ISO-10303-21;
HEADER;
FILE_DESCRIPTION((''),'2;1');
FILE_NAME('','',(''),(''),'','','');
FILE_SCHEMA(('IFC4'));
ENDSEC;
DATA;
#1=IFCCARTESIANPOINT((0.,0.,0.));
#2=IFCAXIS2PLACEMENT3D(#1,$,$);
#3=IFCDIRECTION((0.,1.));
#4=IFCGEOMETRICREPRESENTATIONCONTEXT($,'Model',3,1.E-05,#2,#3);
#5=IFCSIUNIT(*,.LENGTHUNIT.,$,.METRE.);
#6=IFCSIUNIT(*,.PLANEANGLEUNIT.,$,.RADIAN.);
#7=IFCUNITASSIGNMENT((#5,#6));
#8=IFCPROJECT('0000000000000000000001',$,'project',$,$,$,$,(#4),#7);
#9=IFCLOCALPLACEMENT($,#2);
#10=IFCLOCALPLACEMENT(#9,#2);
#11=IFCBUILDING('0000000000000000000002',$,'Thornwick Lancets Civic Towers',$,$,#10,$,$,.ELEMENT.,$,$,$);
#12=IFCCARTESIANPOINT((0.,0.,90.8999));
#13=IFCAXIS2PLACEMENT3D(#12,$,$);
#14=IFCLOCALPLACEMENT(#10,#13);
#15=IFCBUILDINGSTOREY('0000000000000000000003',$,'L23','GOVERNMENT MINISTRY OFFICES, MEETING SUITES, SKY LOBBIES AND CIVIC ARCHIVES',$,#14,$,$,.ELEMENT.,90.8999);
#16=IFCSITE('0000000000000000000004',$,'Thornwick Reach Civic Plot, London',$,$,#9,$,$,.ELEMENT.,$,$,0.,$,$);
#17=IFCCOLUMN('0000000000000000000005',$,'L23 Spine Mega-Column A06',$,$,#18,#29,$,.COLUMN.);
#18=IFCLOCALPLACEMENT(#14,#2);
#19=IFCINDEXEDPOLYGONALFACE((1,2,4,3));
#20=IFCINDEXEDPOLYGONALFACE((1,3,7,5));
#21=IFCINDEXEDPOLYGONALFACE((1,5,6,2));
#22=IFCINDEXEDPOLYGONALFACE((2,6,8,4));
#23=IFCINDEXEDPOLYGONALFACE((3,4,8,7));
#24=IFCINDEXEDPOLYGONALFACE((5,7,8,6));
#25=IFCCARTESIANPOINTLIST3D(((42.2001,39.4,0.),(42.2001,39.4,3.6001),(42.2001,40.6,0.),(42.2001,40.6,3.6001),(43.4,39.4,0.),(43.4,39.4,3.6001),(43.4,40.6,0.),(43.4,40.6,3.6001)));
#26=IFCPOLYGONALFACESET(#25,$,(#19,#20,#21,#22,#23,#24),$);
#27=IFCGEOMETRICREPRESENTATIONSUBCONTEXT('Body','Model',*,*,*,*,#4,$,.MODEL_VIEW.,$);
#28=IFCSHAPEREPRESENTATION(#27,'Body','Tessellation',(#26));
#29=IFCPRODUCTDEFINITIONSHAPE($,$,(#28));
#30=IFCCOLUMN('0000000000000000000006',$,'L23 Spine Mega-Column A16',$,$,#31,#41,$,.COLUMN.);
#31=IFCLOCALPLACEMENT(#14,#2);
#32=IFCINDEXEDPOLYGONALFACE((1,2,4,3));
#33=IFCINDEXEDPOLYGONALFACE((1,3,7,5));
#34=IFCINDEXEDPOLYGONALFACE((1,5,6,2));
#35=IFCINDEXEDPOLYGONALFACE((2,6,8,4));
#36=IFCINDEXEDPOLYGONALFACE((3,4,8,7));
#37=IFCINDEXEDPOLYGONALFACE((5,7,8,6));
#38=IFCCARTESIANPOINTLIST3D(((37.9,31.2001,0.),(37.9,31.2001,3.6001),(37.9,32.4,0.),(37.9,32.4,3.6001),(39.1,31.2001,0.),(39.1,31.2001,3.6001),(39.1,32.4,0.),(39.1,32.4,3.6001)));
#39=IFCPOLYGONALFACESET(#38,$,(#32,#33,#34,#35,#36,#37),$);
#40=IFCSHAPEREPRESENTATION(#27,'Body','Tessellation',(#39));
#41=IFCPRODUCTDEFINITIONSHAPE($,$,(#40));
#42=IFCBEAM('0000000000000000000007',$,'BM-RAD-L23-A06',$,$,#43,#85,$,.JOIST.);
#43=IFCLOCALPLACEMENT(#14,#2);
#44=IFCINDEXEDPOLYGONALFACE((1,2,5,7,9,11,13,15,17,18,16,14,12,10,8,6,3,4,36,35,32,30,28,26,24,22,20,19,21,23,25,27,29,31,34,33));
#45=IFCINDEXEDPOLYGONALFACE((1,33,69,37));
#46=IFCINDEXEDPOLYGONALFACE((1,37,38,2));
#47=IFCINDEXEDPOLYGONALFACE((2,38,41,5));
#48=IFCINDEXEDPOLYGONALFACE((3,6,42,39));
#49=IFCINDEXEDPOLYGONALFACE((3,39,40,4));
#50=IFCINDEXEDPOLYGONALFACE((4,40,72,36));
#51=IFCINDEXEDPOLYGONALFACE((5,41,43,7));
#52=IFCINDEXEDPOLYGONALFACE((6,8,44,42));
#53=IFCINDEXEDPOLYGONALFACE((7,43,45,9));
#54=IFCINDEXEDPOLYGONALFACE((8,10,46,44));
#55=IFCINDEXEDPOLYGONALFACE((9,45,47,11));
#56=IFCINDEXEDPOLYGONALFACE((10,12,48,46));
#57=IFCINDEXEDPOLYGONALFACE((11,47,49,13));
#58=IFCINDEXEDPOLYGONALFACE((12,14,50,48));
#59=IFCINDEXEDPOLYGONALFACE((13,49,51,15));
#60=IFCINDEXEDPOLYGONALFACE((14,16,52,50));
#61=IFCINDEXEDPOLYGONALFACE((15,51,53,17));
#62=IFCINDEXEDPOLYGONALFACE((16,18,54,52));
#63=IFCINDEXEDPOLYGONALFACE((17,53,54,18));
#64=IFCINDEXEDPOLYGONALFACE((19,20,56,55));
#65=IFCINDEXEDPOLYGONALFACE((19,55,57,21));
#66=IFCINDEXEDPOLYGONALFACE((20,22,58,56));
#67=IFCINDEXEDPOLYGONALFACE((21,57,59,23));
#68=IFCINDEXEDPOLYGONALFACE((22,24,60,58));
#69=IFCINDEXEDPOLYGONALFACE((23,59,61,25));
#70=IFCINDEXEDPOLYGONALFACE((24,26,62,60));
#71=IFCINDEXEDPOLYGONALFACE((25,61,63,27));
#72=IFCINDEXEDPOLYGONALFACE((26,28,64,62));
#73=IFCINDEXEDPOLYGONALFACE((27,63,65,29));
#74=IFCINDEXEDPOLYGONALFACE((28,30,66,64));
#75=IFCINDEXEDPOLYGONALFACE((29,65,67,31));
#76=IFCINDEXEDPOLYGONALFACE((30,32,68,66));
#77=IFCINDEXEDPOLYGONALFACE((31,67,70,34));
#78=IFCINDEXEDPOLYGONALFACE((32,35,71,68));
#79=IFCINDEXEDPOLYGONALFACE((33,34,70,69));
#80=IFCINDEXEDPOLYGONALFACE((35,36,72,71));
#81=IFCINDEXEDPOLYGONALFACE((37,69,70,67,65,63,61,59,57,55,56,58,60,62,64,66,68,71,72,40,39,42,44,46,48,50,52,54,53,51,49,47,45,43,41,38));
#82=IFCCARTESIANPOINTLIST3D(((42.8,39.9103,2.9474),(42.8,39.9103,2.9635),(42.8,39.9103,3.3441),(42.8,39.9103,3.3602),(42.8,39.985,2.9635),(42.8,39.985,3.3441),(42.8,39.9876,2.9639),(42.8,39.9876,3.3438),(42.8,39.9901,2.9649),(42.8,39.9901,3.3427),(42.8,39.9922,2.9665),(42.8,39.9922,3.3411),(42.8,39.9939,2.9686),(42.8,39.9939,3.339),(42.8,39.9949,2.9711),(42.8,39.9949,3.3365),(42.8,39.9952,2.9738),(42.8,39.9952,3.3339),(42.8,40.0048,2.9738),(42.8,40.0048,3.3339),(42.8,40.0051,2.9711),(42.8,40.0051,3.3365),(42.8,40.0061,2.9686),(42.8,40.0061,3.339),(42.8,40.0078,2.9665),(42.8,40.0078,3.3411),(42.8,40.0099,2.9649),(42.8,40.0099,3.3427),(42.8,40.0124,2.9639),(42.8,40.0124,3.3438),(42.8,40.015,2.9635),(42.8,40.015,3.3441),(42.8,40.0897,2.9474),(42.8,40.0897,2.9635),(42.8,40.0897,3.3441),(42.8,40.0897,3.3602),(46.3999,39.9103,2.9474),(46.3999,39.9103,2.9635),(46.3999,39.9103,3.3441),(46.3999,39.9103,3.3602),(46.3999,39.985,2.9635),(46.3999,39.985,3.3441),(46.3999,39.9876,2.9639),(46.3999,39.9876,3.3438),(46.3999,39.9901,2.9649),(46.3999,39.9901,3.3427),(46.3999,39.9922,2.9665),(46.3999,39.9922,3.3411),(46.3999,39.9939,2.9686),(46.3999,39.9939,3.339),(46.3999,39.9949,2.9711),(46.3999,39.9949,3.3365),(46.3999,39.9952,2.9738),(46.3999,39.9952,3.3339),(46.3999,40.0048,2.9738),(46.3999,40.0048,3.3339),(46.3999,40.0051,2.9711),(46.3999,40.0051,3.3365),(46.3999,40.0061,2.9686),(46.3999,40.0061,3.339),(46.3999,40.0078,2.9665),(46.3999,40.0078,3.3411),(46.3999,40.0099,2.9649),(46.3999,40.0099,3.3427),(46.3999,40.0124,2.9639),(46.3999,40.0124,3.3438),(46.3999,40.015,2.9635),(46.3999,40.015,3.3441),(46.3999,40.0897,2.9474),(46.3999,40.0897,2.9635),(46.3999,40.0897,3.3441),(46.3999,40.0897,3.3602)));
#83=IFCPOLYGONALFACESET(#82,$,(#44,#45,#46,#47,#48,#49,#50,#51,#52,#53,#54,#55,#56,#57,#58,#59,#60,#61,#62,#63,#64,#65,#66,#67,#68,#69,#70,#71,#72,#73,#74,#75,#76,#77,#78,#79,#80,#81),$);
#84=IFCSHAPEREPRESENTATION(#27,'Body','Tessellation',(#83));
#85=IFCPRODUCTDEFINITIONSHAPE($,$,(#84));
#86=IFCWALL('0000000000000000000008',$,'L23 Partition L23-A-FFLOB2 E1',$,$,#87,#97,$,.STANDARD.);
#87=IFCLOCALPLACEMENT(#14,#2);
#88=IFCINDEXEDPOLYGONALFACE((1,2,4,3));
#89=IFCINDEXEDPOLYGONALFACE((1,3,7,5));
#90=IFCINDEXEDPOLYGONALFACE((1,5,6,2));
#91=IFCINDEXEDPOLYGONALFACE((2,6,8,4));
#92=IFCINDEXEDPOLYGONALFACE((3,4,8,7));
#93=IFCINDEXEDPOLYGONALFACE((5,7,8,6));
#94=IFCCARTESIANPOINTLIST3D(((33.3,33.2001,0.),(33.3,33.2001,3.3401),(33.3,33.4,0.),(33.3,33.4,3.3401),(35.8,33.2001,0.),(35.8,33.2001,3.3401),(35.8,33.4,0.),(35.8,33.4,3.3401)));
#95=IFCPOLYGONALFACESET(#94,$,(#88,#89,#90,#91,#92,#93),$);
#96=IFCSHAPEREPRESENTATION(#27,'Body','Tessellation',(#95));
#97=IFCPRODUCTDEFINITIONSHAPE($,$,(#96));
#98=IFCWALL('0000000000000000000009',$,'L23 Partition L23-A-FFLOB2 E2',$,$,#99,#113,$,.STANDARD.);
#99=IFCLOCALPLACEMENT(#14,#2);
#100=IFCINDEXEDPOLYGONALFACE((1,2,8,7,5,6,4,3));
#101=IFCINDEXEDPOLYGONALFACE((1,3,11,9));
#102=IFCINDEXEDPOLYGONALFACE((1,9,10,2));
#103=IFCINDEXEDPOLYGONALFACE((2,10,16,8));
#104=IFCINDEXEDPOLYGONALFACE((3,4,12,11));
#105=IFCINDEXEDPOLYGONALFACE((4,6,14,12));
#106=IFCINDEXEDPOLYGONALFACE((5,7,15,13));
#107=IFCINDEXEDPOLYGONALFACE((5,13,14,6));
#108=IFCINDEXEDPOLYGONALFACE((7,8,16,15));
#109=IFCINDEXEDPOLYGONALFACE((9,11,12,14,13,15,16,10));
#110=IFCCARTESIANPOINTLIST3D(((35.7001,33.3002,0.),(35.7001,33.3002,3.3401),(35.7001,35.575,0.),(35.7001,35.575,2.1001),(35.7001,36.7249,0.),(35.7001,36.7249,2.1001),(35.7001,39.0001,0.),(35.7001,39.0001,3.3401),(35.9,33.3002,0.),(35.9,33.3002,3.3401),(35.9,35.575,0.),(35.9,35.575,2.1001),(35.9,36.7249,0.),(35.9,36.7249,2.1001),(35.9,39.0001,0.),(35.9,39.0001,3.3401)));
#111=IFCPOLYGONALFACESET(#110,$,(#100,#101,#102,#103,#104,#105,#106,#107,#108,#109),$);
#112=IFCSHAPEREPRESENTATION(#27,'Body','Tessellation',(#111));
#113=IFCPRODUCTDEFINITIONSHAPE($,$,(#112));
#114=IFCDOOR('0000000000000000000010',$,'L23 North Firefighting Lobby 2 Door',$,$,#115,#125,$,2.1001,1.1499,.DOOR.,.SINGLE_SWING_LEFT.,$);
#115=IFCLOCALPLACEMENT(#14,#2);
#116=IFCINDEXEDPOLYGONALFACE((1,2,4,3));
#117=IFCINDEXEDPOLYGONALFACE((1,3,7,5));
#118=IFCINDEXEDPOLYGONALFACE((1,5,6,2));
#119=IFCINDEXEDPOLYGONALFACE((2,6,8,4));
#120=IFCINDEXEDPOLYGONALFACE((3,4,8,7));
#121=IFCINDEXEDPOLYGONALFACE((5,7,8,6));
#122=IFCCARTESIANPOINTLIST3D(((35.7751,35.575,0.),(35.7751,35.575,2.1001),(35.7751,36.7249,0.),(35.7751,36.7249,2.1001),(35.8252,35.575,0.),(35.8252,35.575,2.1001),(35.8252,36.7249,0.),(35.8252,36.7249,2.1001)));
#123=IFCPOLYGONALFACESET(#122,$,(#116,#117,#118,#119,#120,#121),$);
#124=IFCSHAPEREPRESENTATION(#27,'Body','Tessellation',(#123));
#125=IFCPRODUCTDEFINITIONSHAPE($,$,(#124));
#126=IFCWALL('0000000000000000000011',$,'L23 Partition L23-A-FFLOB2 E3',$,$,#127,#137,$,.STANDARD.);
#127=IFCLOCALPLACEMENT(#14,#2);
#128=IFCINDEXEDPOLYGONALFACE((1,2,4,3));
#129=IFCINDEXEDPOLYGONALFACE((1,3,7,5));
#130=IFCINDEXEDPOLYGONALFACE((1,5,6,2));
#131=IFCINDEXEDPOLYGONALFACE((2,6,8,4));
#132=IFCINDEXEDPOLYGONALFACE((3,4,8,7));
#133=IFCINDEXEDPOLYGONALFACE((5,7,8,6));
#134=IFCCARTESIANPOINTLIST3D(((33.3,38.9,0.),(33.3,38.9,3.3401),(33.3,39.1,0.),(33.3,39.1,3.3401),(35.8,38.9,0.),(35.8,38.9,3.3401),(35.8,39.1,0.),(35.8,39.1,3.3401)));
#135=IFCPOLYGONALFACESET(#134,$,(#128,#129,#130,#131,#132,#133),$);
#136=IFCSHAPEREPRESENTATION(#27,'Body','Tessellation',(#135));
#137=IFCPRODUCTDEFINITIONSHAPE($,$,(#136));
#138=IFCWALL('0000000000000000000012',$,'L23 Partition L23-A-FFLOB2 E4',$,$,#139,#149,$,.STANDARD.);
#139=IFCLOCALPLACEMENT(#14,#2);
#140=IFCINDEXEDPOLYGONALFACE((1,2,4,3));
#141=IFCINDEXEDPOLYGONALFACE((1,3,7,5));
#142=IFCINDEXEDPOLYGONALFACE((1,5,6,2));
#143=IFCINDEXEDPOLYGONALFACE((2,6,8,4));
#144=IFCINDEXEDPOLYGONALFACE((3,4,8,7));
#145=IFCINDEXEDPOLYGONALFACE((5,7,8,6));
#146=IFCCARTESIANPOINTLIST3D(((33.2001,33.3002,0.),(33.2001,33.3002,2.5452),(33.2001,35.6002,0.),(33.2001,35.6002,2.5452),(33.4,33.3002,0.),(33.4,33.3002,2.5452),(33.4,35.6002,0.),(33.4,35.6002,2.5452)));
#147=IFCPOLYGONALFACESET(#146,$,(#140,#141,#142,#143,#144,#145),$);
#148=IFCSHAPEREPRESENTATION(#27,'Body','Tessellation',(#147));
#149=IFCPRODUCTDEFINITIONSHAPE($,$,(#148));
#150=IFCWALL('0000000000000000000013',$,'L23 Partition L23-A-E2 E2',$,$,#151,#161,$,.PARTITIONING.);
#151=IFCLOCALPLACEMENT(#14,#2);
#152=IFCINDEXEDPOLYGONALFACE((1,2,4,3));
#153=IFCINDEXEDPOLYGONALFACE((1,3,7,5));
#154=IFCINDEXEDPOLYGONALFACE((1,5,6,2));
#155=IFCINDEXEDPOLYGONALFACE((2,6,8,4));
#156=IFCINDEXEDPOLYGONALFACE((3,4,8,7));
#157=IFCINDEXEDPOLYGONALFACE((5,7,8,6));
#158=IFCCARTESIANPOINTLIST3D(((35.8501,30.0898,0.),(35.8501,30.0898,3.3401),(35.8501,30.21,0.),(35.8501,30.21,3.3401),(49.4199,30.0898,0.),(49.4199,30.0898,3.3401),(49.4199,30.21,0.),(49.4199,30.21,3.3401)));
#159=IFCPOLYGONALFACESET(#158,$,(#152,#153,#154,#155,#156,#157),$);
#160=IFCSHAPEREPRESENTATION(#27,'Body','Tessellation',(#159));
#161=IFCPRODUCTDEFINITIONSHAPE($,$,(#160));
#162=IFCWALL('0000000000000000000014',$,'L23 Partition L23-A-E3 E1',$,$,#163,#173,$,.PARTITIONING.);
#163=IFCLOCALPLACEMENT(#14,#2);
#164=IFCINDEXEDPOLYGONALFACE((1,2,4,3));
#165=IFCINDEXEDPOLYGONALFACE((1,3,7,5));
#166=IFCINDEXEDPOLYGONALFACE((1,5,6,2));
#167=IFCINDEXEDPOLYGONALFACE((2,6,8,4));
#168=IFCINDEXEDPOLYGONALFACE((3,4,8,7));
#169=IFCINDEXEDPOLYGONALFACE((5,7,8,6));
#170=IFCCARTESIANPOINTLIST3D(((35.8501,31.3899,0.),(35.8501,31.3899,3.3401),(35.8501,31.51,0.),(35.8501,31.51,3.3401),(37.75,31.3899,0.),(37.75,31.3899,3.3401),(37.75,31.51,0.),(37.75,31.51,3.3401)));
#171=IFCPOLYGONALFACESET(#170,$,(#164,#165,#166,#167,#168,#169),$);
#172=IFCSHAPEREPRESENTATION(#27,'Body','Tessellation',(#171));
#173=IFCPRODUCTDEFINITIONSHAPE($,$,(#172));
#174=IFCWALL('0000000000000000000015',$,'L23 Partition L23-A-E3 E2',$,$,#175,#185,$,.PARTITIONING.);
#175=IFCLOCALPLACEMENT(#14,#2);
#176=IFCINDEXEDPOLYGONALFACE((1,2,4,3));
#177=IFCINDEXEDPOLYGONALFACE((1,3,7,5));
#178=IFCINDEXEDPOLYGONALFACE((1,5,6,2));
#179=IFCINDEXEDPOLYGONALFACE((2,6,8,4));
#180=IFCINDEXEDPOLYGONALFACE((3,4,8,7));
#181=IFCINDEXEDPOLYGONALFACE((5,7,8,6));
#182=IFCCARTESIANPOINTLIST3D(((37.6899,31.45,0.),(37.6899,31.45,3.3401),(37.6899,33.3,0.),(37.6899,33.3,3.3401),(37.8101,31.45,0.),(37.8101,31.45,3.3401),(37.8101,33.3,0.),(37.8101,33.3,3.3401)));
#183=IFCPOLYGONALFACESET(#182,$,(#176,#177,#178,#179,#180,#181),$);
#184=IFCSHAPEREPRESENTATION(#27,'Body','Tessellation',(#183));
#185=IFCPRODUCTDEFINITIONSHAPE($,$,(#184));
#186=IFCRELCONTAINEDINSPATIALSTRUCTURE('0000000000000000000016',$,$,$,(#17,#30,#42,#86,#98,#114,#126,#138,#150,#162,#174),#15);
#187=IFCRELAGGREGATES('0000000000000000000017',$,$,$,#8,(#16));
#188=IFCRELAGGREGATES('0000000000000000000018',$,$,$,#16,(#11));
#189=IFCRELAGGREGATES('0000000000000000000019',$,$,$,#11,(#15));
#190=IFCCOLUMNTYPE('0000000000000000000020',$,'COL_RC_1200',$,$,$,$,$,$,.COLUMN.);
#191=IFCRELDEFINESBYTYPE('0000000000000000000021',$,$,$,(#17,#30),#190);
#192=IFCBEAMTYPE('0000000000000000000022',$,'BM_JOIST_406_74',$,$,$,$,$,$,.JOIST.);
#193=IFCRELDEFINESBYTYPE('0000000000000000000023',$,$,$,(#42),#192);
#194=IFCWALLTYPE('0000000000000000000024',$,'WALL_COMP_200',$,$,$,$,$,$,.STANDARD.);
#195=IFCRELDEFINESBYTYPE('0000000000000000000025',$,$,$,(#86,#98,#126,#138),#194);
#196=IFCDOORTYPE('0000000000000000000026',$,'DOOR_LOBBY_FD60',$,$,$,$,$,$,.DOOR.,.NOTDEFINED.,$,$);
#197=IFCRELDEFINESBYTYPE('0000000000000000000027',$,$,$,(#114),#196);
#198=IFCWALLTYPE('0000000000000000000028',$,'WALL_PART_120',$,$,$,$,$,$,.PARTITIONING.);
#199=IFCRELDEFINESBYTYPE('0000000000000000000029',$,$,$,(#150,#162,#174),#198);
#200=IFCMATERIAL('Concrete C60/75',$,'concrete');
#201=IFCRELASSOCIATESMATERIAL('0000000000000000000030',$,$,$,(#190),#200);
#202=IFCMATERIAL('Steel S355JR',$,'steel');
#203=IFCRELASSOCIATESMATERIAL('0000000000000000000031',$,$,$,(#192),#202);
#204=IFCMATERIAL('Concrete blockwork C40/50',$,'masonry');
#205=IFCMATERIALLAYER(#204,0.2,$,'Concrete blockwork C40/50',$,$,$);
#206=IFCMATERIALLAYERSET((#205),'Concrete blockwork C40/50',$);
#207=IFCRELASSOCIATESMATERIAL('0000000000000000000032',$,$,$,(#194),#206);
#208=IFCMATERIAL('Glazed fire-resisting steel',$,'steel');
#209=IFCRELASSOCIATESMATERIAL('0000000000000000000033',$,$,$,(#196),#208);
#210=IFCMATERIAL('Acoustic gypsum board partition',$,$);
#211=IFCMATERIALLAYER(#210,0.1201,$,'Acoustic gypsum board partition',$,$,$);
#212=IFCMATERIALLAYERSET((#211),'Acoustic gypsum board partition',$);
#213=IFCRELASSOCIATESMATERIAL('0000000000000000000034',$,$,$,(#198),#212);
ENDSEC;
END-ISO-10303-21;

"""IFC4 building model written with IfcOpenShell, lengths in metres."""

from ifc_helpers import new_model, si_unit, direction, frame, frame_2d, origin, origin_2d, place, context, subcontext, project, spatial, rectangle, i_section, extrude, material, layer, layer_set, material_profile, profile_set, type_object, element, fill, save


model = new_model("IFC4")

# Units and contexts
model_context = context("Model", 3, precision=1e-05, world=origin(), true_north=direction((0.0, 1.0)))
body_context = subcontext(model_context, "Body", "Model", "MODEL_VIEW")
ifc_project = project(units=[si_unit("LENGTHUNIT", "METRE"), si_unit("PLANEANGLEUNIT", "RADIAN")], contexts=[model_context])

# Site, building, storey
site_placement = place(None, origin())
site = spatial("IfcSite", under=ifc_project, at=site_placement, Name="Thornwick Reach Civic Plot, London", CompositionType="ELEMENT", RefElevation=0.0)
building_placement = place(site_placement, origin())
building = spatial("IfcBuilding", under=site, at=building_placement, Name="Thornwick Lancets Civic Towers", CompositionType="ELEMENT")
storey_placement = place(building_placement, frame((0.0, 0.0, 90.8999)))
storey = spatial("IfcBuildingStorey", under=building, at=storey_placement, Name="L23", Description="GOVERNMENT MINISTRY OFFICES, MEETING SUITES, SKY LOBBIES AND CIVIC ARCHIVES", CompositionType="ELEMENT", Elevation=90.8999)

# Columns
ifc_material_1 = material(Name="Concrete C60/75", Category="concrete")
ifc_material_profile_1 = material_profile(ifc_material_1, rectangle(XDim=1.2, YDim=1.2, at=origin_2d()), Name="RC 1200x1200")
ifc_profile_set_1 = profile_set([ifc_material_profile_1], Name="Concrete C60/75")
column_type = type_object("IfcColumnType", Name="COL_RC_1200", PredefinedType="COLUMN", material=ifc_profile_set_1)
for number, where, z_axis, x_axis, name in (
    (1, (42.8, 40.0, 0.0), (0.0, 0.0, 1.0), (1.0, 0.0, 0.0), "L23 Spine Mega-Column A06"),
    (2, (38.5, 31.8, 0.0), (0.0, 0.0, 1.0), (1.0, 0.0, 0.0), "L23 Spine Mega-Column A16"),
):
    element("IfcColumn", number, at=place(storey_placement, frame(where, z_axis=z_axis, x_axis=x_axis)), inside=storey, type_object=column_type, Name=name, PredefinedType="COLUMN", context=body_context, shape_type="SweptSolid", body=[
        extrude(rectangle(XDim=1.2, YDim=1.2, at=origin_2d()), origin(), (0.0, 0.0, 1.0), 3.6001),
    ])

# Beam
ifc_material_2 = material(Name="Steel S355JR", Category="steel")
ifc_material_profile_2 = material_profile(ifc_material_2, i_section(OverallWidth=0.1794, OverallDepth=0.4128, WebThickness=0.0095, FlangeThickness=0.0161, FilletRadius=0.0103, at=origin_2d()), Name="UKB 406x178x74")
ifc_profile_set_2 = profile_set([ifc_material_profile_2], Name="Steel S355JR")
beam_type = type_object("IfcBeamType", Name="BM_JOIST_406_74", PredefinedType="JOIST", material=ifc_profile_set_2)
beam_placement = place(storey_placement, frame((42.8, 40.0, 3.1538), z_axis=(1.0, 0.0, 0.0), x_axis=(0.0, 1.0, 0.0)))
element("IfcBeam", 3, at=beam_placement, inside=storey, type_object=beam_type, Name="BM-RAD-L23-A06", PredefinedType="JOIST", context=body_context, shape_type="SweptSolid", body=[
    extrude(i_section(OverallWidth=0.1794, OverallDepth=0.4128, WebThickness=0.0095, FlangeThickness=0.0161, FilletRadius=0.0103, at=origin_2d()), origin(), (0.0, 0.0, 1.0), 3.5999),
])

# Wall
ifc_material_3 = material(Name="Concrete blockwork C40/50", Category="masonry")
ifc_layer_1 = layer(ifc_material_3, 0.2, Name="Concrete blockwork C40/50")
ifc_layer_set_1 = layer_set([ifc_layer_1], Name="Concrete blockwork C40/50")
wall_type_1 = type_object("IfcWallType", Name="WALL_COMP_200", PredefinedType="STANDARD", material=ifc_layer_set_1)
wall_1_placement = place(storey_placement, frame((33.3, 33.3, 0.0), z_axis=(0.0, 0.0, 1.0), x_axis=(1.0, 0.0, 0.0)))
element("IfcWall", 4, at=wall_1_placement, inside=storey, type_object=wall_type_1, Name="L23 Partition L23-A-FFLOB2 E1", PredefinedType="STANDARD", context=body_context, shape_type="SweptSolid", body=[
    extrude(rectangle(XDim=2.5, YDim=0.2, at=frame_2d((1.25, 0.0))), origin(), (0.0, 0.0, 1.0), 3.3401),
])

# Wall, opening, door
wall_2_placement = place(storey_placement, frame((35.8, 33.3, 0.0), z_axis=(0.0, 0.0, 1.0), x_axis=(0.0, 1.0, 0.0)))
wall_2 = element("IfcWall", 5, at=wall_2_placement, inside=storey, type_object=wall_type_1, Name="L23 Partition L23-A-FFLOB2 E2", PredefinedType="STANDARD", context=body_context, shape_type="SweptSolid", body=[
    extrude(rectangle(XDim=5.7, YDim=0.2, at=frame_2d((2.8501, 0.0))), origin(), (0.0, 0.0, 1.0), 3.3401),
])
opening_1_placement = place(wall_2_placement, frame((2.2749, 0.0, 0.0)))
opening_1 = element("IfcOpeningElement", 6, at=opening_1_placement, cuts=wall_2, PredefinedType="OPENING", context=body_context, shape_type="SweptSolid", body=[
    extrude(rectangle(XDim=1.1499, YDim=2.1001, at=frame_2d((0.575, 1.05))), frame((0.0, 0.1099, 0.0), z_axis=(0.0, -1.0, 0.0), x_axis=(1.0, 0.0, 0.0)), (0.0, 0.0, 1.0), 0.22),
])
ifc_material_4 = material(Name="Glazed fire-resisting steel", Category="steel")
door_type_1 = type_object("IfcDoorType", Name="DOOR_LOBBY_FD60", OperationType="NOTDEFINED", PredefinedType="DOOR", material=ifc_material_4)
door_1_placement = place(opening_1_placement, origin())
door_1 = element("IfcDoor", 7, at=door_1_placement, inside=storey, type_object=door_type_1, Name="L23 North Firefighting Lobby 2 Door", OperationType="SINGLE_SWING_LEFT", OverallHeight=2.1001, OverallWidth=1.1499, PredefinedType="DOOR", context=body_context, shape_type="SweptSolid", body=[
    extrude(rectangle(XDim=1.1499, YDim=2.1001, at=frame_2d((0.575, 1.05))), frame((0.0, 0.0249, 0.0), z_axis=(0.0, -1.0, 0.0), x_axis=(1.0, 0.0, 0.0)), (0.0, 0.0, 1.0), 0.05),
])
fill(opening_1, door_1)

# Walls
wall_3_placement = place(storey_placement, frame((35.8, 39.0, 0.0), z_axis=(0.0, 0.0, 1.0), x_axis=(-1.0, 0.0, 0.0)))
element("IfcWall", 8, at=wall_3_placement, inside=storey, type_object=wall_type_1, Name="L23 Partition L23-A-FFLOB2 E3", PredefinedType="STANDARD", context=body_context, shape_type="SweptSolid", body=[
    extrude(rectangle(XDim=2.5, YDim=0.2, at=frame_2d((1.25, 0.0))), origin(), (0.0, 0.0, 1.0), 3.3401),
])
wall_4_placement = place(storey_placement, frame((33.3, 35.6001, 0.0), z_axis=(0.0, 0.0, 1.0), x_axis=(0.0, -1.0, 0.0)))
element("IfcWall", 9, at=wall_4_placement, inside=storey, type_object=wall_type_1, Name="L23 Partition L23-A-FFLOB2 E4", PredefinedType="STANDARD", context=body_context, shape_type="SweptSolid", body=[
    extrude(rectangle(XDim=2.3, YDim=0.2, at=frame_2d((1.1499, 0.0))), origin(), (0.0, 0.0, 1.0), 2.5452),
])
ifc_material_5 = material(Name="Acoustic gypsum board partition")
ifc_layer_2 = layer(ifc_material_5, 0.1201, Name="Acoustic gypsum board partition")
ifc_layer_set_2 = layer_set([ifc_layer_2], Name="Acoustic gypsum board partition")
wall_type_2 = type_object("IfcWallType", Name="WALL_PART_120", PredefinedType="PARTITIONING", material=ifc_layer_set_2)
wall_5_placement = place(storey_placement, frame((35.8501, 30.1499, 0.0), z_axis=(0.0, 0.0, 1.0), x_axis=(1.0, 0.0, 0.0)))
element("IfcWall", 10, at=wall_5_placement, inside=storey, type_object=wall_type_2, Name="L23 Partition L23-A-E2 E2", PredefinedType="PARTITIONING", context=body_context, shape_type="SweptSolid", body=[
    extrude(rectangle(XDim=13.5698, YDim=0.1201, at=frame_2d((6.7849, 0.0))), origin(), (0.0, 0.0, 1.0), 3.3401),
])
wall_6_placement = place(storey_placement, frame((35.8501, 31.45, 0.0), z_axis=(0.0, 0.0, 1.0), x_axis=(1.0, 0.0, 0.0)))
element("IfcWall", 11, at=wall_6_placement, inside=storey, type_object=wall_type_2, Name="L23 Partition L23-A-E3 E1", PredefinedType="PARTITIONING", context=body_context, shape_type="SweptSolid", body=[
    extrude(rectangle(XDim=1.8999, YDim=0.1201, at=frame_2d((0.95, 0.0))), origin(), (0.0, 0.0, 1.0), 3.3401),
])
wall_7_placement = place(storey_placement, frame((37.75, 31.45, 0.0), z_axis=(0.0, 0.0, 1.0), x_axis=(0.0, 1.0, 0.0)))
element("IfcWall", 12, at=wall_7_placement, inside=storey, type_object=wall_type_2, Name="L23 Partition L23-A-E3 E2", PredefinedType="PARTITIONING", context=body_context, shape_type="SweptSolid", body=[
    extrude(rectangle(XDim=1.8501, YDim=0.1201, at=frame_2d((0.925, 0.0))), origin(), (0.0, 0.0, 1.0), 3.3401),
])

save(model, "model.ifc")
